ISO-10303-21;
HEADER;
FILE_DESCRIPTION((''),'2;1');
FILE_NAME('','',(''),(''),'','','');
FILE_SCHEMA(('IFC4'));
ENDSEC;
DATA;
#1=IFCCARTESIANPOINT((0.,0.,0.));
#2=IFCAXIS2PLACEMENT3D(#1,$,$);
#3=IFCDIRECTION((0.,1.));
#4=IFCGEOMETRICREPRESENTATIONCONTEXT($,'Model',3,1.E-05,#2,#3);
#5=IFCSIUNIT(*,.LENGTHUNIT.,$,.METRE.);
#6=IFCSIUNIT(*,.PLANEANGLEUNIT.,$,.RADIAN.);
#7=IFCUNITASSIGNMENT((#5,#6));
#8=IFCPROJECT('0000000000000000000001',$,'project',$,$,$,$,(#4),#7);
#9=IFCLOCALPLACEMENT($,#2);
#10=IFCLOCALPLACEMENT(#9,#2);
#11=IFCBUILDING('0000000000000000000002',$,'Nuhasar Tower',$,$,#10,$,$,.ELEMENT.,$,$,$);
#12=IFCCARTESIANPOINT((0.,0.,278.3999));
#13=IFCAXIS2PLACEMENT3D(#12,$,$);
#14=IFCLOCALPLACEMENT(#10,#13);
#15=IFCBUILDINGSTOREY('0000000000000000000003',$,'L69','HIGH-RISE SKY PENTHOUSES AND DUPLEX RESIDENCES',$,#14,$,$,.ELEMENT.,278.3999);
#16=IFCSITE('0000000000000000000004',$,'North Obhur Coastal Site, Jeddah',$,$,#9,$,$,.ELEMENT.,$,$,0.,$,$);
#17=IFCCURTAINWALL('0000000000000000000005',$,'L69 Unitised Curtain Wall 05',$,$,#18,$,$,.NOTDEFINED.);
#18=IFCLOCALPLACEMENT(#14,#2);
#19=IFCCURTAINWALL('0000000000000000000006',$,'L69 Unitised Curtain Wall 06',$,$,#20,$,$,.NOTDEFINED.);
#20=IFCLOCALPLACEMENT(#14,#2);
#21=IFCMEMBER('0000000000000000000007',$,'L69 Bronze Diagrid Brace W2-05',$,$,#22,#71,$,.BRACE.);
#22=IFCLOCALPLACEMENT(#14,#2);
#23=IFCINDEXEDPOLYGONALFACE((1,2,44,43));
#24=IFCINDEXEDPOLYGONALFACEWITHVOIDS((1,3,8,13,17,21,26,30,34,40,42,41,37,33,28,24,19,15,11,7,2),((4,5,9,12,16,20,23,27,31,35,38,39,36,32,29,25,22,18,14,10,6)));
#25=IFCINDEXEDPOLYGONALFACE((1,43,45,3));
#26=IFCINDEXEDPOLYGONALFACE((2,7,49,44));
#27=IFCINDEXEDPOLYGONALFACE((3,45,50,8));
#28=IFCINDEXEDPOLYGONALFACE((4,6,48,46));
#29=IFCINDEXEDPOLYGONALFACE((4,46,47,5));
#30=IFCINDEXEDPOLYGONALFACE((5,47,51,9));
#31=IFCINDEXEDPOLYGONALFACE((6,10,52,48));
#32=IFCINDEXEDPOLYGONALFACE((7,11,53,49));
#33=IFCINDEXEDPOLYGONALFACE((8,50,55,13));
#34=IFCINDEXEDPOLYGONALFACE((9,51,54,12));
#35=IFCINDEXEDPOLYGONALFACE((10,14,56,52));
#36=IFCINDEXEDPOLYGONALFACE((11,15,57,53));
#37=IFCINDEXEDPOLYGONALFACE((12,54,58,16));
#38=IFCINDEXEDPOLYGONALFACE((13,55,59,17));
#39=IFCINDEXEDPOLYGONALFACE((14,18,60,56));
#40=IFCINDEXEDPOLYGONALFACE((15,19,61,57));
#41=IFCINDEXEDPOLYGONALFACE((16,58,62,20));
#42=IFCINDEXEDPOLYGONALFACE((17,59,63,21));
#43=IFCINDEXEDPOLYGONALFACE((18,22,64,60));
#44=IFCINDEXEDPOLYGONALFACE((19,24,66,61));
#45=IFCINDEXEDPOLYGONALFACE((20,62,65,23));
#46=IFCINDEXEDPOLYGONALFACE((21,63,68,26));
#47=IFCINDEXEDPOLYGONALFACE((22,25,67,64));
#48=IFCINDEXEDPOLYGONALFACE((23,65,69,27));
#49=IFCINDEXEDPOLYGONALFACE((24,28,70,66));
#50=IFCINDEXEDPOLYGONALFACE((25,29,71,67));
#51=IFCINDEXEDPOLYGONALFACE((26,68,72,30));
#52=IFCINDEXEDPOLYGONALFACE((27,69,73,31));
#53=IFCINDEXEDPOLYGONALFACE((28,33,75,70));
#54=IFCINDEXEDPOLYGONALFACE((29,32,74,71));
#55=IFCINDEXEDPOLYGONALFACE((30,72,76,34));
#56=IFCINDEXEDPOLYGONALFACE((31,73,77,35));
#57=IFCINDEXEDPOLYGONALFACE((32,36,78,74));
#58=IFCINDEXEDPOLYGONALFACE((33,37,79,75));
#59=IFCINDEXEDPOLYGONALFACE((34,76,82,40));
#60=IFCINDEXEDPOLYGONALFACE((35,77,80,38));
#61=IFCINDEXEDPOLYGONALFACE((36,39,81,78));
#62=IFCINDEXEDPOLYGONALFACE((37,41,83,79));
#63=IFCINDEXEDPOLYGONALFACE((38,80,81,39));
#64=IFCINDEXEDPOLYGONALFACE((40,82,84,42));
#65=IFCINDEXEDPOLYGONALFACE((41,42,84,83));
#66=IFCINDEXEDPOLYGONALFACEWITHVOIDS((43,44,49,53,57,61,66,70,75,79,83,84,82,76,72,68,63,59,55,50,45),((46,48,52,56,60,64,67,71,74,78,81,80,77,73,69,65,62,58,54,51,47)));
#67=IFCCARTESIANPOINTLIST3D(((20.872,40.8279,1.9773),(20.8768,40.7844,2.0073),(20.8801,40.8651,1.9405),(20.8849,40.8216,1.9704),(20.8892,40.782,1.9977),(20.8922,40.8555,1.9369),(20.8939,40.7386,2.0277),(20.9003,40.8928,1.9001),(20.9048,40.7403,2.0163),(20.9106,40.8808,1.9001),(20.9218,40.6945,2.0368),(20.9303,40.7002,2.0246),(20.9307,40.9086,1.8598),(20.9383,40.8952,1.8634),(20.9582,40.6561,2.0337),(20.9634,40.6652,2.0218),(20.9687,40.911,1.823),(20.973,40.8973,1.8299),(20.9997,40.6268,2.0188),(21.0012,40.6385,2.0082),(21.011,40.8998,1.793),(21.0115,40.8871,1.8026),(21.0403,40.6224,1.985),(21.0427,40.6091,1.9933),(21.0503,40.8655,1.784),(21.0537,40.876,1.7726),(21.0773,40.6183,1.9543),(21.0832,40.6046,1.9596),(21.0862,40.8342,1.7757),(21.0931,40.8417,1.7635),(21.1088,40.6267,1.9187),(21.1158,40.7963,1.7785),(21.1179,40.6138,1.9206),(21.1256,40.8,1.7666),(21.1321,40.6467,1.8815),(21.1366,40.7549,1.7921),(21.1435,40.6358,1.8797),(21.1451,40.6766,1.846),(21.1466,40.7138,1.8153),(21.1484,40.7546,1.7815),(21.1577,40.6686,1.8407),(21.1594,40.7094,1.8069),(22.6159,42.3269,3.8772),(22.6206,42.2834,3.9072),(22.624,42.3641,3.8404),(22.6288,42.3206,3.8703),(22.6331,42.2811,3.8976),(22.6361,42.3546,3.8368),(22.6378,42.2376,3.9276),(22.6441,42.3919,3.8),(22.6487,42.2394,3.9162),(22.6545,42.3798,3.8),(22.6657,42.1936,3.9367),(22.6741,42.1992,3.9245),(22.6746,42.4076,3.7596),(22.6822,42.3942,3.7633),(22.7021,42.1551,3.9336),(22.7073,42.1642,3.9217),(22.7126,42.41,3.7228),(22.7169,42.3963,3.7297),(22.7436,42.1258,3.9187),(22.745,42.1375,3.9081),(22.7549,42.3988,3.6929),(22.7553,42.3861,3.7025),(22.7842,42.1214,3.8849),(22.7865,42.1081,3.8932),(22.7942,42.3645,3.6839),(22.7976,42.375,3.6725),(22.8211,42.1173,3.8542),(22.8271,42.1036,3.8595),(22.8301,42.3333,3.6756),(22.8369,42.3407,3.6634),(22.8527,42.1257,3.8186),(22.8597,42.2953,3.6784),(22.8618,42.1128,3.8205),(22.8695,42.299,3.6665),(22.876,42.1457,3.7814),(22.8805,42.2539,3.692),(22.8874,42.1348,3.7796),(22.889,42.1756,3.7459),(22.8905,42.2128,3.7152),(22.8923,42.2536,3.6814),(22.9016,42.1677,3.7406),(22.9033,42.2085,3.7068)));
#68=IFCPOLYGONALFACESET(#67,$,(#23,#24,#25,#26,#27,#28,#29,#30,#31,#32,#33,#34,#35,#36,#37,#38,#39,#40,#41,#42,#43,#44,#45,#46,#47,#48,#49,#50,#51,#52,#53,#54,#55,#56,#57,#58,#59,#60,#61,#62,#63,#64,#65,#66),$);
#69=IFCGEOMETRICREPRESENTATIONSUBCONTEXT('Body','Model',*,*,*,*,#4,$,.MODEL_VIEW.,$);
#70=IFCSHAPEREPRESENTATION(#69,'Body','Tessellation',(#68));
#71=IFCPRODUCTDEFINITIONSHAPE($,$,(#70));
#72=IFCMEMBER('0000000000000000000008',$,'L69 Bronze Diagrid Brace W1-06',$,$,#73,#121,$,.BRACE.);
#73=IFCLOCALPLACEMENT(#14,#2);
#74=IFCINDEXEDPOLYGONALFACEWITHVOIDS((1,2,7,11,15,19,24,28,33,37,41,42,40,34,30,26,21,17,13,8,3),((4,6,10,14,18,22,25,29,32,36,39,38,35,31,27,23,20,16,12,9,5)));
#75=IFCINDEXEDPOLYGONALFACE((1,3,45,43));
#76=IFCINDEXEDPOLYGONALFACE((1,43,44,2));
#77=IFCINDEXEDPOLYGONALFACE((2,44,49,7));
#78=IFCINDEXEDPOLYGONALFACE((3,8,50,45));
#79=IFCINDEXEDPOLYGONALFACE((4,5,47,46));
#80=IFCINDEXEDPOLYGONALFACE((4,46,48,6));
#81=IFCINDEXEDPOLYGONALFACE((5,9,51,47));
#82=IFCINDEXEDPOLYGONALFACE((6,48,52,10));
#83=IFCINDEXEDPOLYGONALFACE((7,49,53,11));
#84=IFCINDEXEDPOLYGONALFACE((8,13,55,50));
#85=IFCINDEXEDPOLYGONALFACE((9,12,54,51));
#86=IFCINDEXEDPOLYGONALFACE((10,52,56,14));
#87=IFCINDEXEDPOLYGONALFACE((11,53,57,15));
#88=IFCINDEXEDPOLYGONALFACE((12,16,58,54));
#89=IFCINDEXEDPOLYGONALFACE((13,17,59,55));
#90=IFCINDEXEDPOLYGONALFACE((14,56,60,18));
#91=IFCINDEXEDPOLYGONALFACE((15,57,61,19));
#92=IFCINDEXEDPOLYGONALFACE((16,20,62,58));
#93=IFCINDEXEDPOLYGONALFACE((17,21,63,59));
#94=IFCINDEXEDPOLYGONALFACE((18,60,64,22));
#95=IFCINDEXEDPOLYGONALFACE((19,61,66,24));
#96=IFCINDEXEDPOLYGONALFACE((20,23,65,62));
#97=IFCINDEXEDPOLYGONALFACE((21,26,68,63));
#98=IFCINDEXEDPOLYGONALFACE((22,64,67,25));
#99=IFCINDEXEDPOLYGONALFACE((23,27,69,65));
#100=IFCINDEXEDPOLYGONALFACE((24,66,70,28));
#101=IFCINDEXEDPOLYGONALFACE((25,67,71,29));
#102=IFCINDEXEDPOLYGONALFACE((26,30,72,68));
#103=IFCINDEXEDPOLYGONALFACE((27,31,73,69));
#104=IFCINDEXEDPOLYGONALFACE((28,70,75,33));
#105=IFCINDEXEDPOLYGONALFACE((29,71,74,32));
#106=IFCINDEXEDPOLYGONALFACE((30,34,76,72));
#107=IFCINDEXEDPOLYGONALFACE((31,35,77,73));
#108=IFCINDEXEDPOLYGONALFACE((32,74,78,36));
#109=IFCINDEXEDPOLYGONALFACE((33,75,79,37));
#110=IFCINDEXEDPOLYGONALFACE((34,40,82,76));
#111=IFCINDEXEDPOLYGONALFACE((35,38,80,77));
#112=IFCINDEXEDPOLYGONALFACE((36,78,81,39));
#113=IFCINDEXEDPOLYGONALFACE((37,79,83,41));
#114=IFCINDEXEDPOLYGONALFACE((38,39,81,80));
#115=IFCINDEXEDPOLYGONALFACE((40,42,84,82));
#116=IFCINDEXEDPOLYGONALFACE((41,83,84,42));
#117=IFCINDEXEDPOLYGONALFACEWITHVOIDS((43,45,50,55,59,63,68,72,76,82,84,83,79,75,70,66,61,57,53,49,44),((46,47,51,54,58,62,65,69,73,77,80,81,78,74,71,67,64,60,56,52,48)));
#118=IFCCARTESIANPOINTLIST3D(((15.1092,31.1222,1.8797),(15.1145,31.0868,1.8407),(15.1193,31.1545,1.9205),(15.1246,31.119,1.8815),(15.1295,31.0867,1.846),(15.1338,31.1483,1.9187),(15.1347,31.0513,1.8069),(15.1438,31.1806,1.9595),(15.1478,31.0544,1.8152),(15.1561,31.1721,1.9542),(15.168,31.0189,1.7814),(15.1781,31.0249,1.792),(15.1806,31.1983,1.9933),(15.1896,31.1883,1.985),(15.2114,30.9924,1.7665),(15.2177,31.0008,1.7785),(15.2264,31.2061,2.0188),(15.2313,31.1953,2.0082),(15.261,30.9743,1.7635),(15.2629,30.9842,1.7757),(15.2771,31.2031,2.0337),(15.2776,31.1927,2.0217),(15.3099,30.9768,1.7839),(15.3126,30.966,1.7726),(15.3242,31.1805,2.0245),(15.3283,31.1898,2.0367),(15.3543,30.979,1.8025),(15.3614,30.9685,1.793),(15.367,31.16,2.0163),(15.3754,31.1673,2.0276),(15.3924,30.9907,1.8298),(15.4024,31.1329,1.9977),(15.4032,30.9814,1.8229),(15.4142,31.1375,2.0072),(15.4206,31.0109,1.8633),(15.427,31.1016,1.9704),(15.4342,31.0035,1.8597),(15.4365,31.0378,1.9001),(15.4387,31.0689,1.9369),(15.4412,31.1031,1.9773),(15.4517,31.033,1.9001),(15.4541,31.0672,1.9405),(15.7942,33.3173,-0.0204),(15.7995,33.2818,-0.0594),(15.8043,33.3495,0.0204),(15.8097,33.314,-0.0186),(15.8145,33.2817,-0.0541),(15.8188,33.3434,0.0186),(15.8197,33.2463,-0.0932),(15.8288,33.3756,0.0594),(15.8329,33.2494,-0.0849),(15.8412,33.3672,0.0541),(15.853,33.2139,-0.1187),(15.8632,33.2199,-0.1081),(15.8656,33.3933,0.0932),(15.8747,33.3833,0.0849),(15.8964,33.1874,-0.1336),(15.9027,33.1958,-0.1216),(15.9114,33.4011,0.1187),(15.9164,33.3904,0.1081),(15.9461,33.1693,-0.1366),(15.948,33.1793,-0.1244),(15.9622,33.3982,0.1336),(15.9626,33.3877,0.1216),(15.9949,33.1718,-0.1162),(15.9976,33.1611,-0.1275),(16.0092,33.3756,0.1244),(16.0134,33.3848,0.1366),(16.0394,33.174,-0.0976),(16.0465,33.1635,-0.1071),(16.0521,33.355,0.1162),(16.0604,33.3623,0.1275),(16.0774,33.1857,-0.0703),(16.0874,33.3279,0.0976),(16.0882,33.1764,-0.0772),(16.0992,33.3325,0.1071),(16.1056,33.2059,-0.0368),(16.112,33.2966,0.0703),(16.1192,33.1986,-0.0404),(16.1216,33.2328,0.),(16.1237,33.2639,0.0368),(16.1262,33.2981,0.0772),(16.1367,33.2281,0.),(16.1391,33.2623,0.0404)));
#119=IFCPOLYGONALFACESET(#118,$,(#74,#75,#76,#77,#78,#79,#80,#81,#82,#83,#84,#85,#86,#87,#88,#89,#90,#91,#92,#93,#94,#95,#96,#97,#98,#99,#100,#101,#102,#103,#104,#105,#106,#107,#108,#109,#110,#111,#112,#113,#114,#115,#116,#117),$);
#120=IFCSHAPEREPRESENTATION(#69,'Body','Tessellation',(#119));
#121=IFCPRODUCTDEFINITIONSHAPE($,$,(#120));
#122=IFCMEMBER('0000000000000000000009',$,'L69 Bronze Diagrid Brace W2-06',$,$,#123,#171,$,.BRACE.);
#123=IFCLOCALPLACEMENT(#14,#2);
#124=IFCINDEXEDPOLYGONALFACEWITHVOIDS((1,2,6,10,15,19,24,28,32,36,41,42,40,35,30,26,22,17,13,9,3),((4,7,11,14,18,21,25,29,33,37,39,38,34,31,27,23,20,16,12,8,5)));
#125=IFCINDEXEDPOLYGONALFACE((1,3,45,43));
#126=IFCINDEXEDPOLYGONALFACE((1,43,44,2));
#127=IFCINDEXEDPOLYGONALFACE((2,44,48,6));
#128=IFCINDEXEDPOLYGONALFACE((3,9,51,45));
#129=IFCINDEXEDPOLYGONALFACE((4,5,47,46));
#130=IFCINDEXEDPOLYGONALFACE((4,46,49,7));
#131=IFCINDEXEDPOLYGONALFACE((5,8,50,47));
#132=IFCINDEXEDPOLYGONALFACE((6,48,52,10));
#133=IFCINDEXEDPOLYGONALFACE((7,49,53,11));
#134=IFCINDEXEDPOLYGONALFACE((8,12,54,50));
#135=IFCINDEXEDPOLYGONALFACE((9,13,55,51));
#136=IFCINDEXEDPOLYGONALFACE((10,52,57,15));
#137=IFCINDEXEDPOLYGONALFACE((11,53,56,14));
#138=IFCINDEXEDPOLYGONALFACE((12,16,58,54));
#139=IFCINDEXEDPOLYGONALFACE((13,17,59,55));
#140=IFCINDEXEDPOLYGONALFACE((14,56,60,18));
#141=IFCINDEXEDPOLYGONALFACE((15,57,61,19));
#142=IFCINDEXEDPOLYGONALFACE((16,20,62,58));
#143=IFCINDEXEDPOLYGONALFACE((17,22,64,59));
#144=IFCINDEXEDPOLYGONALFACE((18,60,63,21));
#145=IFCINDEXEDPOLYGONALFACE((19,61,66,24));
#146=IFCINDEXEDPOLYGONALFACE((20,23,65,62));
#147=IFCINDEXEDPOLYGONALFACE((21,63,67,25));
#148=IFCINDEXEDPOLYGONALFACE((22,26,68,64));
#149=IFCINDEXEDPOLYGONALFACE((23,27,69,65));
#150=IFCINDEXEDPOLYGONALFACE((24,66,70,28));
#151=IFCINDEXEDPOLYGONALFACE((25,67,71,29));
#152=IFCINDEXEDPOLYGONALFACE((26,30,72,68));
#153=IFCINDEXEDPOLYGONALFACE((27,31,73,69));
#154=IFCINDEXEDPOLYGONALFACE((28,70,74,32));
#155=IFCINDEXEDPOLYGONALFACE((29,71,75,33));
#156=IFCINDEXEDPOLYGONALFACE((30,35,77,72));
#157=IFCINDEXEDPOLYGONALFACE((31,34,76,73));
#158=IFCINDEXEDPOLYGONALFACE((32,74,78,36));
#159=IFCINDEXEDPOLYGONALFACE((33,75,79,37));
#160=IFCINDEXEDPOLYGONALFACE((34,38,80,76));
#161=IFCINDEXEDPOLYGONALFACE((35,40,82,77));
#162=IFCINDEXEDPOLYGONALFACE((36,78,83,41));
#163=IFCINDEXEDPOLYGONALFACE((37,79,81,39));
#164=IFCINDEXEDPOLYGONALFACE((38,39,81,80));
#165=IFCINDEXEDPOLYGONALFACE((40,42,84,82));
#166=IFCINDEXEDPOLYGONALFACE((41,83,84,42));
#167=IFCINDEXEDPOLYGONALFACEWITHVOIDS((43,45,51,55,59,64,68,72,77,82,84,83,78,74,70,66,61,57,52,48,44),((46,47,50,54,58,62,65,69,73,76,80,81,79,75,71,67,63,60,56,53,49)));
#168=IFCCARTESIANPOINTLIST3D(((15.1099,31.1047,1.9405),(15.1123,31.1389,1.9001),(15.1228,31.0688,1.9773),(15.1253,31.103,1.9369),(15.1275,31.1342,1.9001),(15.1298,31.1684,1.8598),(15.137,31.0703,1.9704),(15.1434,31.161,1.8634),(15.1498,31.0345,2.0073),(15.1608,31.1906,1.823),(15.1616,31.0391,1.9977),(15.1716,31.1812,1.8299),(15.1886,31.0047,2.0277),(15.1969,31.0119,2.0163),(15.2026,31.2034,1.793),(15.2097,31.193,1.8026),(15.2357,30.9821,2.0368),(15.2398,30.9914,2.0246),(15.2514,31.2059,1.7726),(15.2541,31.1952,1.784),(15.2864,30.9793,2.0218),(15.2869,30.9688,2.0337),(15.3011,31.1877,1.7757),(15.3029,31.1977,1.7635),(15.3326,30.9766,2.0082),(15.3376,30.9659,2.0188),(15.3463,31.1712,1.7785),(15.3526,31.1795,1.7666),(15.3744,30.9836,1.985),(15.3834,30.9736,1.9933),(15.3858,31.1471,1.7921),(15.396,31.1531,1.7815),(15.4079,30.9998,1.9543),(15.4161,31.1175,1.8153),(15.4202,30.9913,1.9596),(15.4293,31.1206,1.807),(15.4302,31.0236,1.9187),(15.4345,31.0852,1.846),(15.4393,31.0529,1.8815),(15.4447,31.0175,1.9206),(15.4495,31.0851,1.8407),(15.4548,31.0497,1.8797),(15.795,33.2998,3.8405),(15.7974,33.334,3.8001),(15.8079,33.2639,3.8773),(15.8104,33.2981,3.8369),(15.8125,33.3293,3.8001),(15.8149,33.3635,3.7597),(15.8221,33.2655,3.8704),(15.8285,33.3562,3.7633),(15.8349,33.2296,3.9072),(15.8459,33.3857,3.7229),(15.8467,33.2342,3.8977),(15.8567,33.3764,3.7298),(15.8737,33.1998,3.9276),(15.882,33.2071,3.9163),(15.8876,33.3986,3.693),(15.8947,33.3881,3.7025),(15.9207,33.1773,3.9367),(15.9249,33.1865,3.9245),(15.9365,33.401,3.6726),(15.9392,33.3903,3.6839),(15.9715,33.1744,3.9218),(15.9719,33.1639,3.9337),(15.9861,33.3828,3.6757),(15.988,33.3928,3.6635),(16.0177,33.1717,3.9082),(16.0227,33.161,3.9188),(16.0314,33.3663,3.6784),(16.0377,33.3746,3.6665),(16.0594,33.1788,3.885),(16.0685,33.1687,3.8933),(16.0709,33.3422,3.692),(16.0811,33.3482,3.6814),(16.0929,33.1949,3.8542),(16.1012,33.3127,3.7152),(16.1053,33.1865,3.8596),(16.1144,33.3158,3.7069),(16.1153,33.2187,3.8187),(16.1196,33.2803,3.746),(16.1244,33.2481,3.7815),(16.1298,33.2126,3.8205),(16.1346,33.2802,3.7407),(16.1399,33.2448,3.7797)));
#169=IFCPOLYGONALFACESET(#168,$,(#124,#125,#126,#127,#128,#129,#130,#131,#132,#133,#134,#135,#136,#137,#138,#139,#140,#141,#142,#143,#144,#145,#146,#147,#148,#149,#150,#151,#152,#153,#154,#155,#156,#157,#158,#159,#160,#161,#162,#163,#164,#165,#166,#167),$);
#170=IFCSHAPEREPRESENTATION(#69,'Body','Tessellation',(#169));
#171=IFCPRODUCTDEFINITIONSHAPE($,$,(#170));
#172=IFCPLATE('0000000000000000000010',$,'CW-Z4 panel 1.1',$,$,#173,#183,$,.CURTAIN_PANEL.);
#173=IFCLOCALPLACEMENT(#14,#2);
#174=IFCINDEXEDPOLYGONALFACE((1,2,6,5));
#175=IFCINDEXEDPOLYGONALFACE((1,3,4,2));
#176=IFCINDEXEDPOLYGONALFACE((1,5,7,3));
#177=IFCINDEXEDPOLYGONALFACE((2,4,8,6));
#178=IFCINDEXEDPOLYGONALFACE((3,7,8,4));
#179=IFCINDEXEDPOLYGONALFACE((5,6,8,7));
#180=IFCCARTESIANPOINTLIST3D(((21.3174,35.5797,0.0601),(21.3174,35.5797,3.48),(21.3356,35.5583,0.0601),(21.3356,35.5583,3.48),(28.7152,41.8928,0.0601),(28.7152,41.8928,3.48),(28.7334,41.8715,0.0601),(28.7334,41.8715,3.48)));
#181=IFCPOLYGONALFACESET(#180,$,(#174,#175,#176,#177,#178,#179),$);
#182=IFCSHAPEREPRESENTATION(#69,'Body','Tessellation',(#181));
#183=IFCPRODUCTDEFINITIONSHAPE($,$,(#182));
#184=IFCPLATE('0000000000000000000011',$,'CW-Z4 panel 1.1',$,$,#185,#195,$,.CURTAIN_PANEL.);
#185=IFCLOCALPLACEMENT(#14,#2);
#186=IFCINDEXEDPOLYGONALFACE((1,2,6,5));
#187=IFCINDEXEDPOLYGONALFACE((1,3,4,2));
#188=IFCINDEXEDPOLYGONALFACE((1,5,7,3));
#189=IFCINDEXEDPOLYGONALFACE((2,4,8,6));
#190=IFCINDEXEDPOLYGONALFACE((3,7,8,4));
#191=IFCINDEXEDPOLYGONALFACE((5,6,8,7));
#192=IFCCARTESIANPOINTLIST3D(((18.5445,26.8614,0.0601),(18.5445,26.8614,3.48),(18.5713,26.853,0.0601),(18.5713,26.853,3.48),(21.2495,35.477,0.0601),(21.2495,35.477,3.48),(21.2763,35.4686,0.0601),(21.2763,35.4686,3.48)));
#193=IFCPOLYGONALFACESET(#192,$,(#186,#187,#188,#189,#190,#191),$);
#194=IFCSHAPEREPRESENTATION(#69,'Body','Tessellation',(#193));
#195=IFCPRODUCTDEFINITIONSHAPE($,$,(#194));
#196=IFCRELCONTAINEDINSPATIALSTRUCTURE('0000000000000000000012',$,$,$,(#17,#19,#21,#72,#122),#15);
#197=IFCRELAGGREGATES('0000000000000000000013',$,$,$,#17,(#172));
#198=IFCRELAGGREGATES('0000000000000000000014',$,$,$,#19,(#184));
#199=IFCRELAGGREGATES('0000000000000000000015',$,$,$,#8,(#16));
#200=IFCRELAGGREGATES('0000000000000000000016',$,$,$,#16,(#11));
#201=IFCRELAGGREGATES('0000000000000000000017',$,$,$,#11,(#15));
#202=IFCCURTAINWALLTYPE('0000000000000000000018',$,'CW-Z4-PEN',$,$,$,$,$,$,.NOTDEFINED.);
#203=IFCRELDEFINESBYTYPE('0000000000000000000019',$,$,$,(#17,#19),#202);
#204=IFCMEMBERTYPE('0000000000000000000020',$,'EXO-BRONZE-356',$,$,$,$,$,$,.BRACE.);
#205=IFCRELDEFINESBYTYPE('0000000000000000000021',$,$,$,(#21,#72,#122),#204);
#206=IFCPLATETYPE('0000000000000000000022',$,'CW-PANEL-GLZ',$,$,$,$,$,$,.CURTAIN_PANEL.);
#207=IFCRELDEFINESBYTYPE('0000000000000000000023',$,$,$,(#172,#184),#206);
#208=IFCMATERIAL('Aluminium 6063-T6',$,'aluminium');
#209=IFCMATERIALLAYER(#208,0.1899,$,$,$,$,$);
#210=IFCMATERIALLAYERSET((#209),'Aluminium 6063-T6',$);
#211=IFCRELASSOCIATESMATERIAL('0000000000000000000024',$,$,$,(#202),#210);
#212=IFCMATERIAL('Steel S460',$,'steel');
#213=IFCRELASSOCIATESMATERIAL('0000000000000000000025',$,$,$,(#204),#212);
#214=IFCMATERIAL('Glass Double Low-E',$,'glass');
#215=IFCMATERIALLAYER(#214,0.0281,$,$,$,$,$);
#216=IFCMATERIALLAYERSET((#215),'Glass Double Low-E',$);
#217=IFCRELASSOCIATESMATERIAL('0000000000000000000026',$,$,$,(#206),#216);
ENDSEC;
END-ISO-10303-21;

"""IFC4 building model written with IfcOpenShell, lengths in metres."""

from ifc_helpers import new_model, si_unit, direction, frame, origin, origin_2d, place, context, subcontext, project, spatial, rectangle, hollow_circle, extrude, material, layer, layer_set, material_profile, profile_set, type_object, element, aggregate, save


model = new_model("IFC4")

# Units and contexts
model_context = context("Model", 3, precision=1e-05, world=origin(), true_north=direction((0.0, 1.0)))
body_context = subcontext(model_context, "Body", "Model", "MODEL_VIEW")
ifc_project = project(units=[si_unit("LENGTHUNIT", "METRE"), si_unit("PLANEANGLEUNIT", "RADIAN")], contexts=[model_context])

# Site, building, storey
site_placement = place(None, origin())
site = spatial("IfcSite", under=ifc_project, at=site_placement, Name="North Obhur Coastal Site, Jeddah", CompositionType="ELEMENT", RefElevation=0.0)
building_placement = place(site_placement, origin())
building = spatial("IfcBuilding", under=site, at=building_placement, Name="Nuhasar Tower", CompositionType="ELEMENT")
storey_placement = place(building_placement, frame((0.0, 0.0, 278.3999)))
storey = spatial("IfcBuildingStorey", under=building, at=storey_placement, Name="L69", Description="HIGH-RISE SKY PENTHOUSES AND DUPLEX RESIDENCES", CompositionType="ELEMENT", Elevation=278.3999)

# Curtain wall
ifc_material_1 = material(Name="Aluminium 6063-T6", Category="aluminium")
ifc_layer_1 = layer(ifc_material_1, 0.1899)
ifc_layer_set_1 = layer_set([ifc_layer_1], Name="Aluminium 6063-T6")
curtain_wall_type = type_object("IfcCurtainWallType", Name="CW-Z4-PEN", PredefinedType="NOTDEFINED", material=ifc_layer_set_1)
curtain_wall_1_placement = place(storey_placement, origin())
curtain_wall_1 = element("IfcCurtainWall", 1, at=curtain_wall_1_placement, inside=storey, type_object=curtain_wall_type, Name="L69 Unitised Curtain Wall 05", PredefinedType="NOTDEFINED")

# Curtain wall
curtain_wall_2_placement = place(storey_placement, origin())
curtain_wall_2 = element("IfcCurtainWall", 2, at=curtain_wall_2_placement, inside=storey, type_object=curtain_wall_type, Name="L69 Unitised Curtain Wall 06", PredefinedType="NOTDEFINED")

# Members
ifc_material_2 = material(Name="Steel S460", Category="steel")
ifc_material_profile_1 = material_profile(ifc_material_2, hollow_circle(Radius=0.1777, WallThickness=0.0159, at=origin_2d()), Name="HSS355.6X15.9")
ifc_profile_set_1 = profile_set([ifc_material_profile_1], Name="Steel S460")
member_type_1 = type_object("IfcMemberType", Name="EXO-BRONZE-356", PredefinedType="BRACE", material=ifc_profile_set_1)
for number, where, z_axis, x_axis, name in (
    (3, (21.0161, 40.7581, 1.9001), (0.584625, 0.502534, 0.636925), (-0.651857, 0.758342, 0.0), "L69 Bronze Diagrid Brace W2-05"),
    (4, (15.967, 33.281, 0.0), (-0.229656, -0.735864, 0.636995), (0.954591, -0.297918, 0.0), "L69 Bronze Diagrid Brace W1-06"),
    (5, (15.282, 31.0859, 1.9001), (0.229668, 0.735902, 0.636947), (-0.954591, 0.297918, 0.0), "L69 Bronze Diagrid Brace W2-06"),
):
    element("IfcMember", number, at=place(storey_placement, frame(where, z_axis=z_axis, x_axis=x_axis)), inside=storey, type_object=member_type_1, Name=name, PredefinedType="BRACE", context=body_context, shape_type="SweptSolid", body=[
        extrude(hollow_circle(Radius=0.1777, WallThickness=0.0159, at=origin_2d()), origin(), (0.0, 0.0, 1.0), 2.9829),
    ])

# Plates
ifc_material_3 = material(Name="Glass Double Low-E", Category="glass")
ifc_layer_2 = layer(ifc_material_3, 0.0281)
ifc_layer_set_2 = layer_set([ifc_layer_2], Name="Glass Double Low-E")
plate_type = type_object("IfcPlateType", Name="CW-PANEL-GLZ", PredefinedType="CURTAIN_PANEL", material=ifc_layer_set_2)
plate_1_placement = place(storey_placement, frame((25.0254, 38.7256, 0.0601), z_axis=(0.0, 0.0, 1.0), x_axis=(-0.760667, -0.649142, 0.0)))
plate_1 = element("IfcPlate", 6, at=plate_1_placement, type_object=plate_type, Name="CW-Z4 panel 1.1", PredefinedType="CURTAIN_PANEL", context=body_context, shape_type="SweptSolid", body=[
    extrude(rectangle(XDim=9.7253, YDim=0.0281, at=origin_2d()), origin(), (0.0, 0.0, 1.0), 3.4199),
])
aggregate(curtain_wall_1, [plate_1])
plate_2_placement = place(storey_placement, frame((19.9104, 31.165, 0.0601), z_axis=(0.0, 0.0, 1.0), x_axis=(-0.299557, -0.954079, 0.0)))
plate_2 = element("IfcPlate", 7, at=plate_2_placement, type_object=plate_type, Name="CW-Z4 panel 1.1", PredefinedType="CURTAIN_PANEL", context=body_context, shape_type="SweptSolid", body=[
    extrude(rectangle(XDim=9.0303, YDim=0.0281, at=origin_2d()), origin(), (0.0, 0.0, 1.0), 3.4199),
])
aggregate(curtain_wall_2, [plate_2])

save(model, "model.ifc")
